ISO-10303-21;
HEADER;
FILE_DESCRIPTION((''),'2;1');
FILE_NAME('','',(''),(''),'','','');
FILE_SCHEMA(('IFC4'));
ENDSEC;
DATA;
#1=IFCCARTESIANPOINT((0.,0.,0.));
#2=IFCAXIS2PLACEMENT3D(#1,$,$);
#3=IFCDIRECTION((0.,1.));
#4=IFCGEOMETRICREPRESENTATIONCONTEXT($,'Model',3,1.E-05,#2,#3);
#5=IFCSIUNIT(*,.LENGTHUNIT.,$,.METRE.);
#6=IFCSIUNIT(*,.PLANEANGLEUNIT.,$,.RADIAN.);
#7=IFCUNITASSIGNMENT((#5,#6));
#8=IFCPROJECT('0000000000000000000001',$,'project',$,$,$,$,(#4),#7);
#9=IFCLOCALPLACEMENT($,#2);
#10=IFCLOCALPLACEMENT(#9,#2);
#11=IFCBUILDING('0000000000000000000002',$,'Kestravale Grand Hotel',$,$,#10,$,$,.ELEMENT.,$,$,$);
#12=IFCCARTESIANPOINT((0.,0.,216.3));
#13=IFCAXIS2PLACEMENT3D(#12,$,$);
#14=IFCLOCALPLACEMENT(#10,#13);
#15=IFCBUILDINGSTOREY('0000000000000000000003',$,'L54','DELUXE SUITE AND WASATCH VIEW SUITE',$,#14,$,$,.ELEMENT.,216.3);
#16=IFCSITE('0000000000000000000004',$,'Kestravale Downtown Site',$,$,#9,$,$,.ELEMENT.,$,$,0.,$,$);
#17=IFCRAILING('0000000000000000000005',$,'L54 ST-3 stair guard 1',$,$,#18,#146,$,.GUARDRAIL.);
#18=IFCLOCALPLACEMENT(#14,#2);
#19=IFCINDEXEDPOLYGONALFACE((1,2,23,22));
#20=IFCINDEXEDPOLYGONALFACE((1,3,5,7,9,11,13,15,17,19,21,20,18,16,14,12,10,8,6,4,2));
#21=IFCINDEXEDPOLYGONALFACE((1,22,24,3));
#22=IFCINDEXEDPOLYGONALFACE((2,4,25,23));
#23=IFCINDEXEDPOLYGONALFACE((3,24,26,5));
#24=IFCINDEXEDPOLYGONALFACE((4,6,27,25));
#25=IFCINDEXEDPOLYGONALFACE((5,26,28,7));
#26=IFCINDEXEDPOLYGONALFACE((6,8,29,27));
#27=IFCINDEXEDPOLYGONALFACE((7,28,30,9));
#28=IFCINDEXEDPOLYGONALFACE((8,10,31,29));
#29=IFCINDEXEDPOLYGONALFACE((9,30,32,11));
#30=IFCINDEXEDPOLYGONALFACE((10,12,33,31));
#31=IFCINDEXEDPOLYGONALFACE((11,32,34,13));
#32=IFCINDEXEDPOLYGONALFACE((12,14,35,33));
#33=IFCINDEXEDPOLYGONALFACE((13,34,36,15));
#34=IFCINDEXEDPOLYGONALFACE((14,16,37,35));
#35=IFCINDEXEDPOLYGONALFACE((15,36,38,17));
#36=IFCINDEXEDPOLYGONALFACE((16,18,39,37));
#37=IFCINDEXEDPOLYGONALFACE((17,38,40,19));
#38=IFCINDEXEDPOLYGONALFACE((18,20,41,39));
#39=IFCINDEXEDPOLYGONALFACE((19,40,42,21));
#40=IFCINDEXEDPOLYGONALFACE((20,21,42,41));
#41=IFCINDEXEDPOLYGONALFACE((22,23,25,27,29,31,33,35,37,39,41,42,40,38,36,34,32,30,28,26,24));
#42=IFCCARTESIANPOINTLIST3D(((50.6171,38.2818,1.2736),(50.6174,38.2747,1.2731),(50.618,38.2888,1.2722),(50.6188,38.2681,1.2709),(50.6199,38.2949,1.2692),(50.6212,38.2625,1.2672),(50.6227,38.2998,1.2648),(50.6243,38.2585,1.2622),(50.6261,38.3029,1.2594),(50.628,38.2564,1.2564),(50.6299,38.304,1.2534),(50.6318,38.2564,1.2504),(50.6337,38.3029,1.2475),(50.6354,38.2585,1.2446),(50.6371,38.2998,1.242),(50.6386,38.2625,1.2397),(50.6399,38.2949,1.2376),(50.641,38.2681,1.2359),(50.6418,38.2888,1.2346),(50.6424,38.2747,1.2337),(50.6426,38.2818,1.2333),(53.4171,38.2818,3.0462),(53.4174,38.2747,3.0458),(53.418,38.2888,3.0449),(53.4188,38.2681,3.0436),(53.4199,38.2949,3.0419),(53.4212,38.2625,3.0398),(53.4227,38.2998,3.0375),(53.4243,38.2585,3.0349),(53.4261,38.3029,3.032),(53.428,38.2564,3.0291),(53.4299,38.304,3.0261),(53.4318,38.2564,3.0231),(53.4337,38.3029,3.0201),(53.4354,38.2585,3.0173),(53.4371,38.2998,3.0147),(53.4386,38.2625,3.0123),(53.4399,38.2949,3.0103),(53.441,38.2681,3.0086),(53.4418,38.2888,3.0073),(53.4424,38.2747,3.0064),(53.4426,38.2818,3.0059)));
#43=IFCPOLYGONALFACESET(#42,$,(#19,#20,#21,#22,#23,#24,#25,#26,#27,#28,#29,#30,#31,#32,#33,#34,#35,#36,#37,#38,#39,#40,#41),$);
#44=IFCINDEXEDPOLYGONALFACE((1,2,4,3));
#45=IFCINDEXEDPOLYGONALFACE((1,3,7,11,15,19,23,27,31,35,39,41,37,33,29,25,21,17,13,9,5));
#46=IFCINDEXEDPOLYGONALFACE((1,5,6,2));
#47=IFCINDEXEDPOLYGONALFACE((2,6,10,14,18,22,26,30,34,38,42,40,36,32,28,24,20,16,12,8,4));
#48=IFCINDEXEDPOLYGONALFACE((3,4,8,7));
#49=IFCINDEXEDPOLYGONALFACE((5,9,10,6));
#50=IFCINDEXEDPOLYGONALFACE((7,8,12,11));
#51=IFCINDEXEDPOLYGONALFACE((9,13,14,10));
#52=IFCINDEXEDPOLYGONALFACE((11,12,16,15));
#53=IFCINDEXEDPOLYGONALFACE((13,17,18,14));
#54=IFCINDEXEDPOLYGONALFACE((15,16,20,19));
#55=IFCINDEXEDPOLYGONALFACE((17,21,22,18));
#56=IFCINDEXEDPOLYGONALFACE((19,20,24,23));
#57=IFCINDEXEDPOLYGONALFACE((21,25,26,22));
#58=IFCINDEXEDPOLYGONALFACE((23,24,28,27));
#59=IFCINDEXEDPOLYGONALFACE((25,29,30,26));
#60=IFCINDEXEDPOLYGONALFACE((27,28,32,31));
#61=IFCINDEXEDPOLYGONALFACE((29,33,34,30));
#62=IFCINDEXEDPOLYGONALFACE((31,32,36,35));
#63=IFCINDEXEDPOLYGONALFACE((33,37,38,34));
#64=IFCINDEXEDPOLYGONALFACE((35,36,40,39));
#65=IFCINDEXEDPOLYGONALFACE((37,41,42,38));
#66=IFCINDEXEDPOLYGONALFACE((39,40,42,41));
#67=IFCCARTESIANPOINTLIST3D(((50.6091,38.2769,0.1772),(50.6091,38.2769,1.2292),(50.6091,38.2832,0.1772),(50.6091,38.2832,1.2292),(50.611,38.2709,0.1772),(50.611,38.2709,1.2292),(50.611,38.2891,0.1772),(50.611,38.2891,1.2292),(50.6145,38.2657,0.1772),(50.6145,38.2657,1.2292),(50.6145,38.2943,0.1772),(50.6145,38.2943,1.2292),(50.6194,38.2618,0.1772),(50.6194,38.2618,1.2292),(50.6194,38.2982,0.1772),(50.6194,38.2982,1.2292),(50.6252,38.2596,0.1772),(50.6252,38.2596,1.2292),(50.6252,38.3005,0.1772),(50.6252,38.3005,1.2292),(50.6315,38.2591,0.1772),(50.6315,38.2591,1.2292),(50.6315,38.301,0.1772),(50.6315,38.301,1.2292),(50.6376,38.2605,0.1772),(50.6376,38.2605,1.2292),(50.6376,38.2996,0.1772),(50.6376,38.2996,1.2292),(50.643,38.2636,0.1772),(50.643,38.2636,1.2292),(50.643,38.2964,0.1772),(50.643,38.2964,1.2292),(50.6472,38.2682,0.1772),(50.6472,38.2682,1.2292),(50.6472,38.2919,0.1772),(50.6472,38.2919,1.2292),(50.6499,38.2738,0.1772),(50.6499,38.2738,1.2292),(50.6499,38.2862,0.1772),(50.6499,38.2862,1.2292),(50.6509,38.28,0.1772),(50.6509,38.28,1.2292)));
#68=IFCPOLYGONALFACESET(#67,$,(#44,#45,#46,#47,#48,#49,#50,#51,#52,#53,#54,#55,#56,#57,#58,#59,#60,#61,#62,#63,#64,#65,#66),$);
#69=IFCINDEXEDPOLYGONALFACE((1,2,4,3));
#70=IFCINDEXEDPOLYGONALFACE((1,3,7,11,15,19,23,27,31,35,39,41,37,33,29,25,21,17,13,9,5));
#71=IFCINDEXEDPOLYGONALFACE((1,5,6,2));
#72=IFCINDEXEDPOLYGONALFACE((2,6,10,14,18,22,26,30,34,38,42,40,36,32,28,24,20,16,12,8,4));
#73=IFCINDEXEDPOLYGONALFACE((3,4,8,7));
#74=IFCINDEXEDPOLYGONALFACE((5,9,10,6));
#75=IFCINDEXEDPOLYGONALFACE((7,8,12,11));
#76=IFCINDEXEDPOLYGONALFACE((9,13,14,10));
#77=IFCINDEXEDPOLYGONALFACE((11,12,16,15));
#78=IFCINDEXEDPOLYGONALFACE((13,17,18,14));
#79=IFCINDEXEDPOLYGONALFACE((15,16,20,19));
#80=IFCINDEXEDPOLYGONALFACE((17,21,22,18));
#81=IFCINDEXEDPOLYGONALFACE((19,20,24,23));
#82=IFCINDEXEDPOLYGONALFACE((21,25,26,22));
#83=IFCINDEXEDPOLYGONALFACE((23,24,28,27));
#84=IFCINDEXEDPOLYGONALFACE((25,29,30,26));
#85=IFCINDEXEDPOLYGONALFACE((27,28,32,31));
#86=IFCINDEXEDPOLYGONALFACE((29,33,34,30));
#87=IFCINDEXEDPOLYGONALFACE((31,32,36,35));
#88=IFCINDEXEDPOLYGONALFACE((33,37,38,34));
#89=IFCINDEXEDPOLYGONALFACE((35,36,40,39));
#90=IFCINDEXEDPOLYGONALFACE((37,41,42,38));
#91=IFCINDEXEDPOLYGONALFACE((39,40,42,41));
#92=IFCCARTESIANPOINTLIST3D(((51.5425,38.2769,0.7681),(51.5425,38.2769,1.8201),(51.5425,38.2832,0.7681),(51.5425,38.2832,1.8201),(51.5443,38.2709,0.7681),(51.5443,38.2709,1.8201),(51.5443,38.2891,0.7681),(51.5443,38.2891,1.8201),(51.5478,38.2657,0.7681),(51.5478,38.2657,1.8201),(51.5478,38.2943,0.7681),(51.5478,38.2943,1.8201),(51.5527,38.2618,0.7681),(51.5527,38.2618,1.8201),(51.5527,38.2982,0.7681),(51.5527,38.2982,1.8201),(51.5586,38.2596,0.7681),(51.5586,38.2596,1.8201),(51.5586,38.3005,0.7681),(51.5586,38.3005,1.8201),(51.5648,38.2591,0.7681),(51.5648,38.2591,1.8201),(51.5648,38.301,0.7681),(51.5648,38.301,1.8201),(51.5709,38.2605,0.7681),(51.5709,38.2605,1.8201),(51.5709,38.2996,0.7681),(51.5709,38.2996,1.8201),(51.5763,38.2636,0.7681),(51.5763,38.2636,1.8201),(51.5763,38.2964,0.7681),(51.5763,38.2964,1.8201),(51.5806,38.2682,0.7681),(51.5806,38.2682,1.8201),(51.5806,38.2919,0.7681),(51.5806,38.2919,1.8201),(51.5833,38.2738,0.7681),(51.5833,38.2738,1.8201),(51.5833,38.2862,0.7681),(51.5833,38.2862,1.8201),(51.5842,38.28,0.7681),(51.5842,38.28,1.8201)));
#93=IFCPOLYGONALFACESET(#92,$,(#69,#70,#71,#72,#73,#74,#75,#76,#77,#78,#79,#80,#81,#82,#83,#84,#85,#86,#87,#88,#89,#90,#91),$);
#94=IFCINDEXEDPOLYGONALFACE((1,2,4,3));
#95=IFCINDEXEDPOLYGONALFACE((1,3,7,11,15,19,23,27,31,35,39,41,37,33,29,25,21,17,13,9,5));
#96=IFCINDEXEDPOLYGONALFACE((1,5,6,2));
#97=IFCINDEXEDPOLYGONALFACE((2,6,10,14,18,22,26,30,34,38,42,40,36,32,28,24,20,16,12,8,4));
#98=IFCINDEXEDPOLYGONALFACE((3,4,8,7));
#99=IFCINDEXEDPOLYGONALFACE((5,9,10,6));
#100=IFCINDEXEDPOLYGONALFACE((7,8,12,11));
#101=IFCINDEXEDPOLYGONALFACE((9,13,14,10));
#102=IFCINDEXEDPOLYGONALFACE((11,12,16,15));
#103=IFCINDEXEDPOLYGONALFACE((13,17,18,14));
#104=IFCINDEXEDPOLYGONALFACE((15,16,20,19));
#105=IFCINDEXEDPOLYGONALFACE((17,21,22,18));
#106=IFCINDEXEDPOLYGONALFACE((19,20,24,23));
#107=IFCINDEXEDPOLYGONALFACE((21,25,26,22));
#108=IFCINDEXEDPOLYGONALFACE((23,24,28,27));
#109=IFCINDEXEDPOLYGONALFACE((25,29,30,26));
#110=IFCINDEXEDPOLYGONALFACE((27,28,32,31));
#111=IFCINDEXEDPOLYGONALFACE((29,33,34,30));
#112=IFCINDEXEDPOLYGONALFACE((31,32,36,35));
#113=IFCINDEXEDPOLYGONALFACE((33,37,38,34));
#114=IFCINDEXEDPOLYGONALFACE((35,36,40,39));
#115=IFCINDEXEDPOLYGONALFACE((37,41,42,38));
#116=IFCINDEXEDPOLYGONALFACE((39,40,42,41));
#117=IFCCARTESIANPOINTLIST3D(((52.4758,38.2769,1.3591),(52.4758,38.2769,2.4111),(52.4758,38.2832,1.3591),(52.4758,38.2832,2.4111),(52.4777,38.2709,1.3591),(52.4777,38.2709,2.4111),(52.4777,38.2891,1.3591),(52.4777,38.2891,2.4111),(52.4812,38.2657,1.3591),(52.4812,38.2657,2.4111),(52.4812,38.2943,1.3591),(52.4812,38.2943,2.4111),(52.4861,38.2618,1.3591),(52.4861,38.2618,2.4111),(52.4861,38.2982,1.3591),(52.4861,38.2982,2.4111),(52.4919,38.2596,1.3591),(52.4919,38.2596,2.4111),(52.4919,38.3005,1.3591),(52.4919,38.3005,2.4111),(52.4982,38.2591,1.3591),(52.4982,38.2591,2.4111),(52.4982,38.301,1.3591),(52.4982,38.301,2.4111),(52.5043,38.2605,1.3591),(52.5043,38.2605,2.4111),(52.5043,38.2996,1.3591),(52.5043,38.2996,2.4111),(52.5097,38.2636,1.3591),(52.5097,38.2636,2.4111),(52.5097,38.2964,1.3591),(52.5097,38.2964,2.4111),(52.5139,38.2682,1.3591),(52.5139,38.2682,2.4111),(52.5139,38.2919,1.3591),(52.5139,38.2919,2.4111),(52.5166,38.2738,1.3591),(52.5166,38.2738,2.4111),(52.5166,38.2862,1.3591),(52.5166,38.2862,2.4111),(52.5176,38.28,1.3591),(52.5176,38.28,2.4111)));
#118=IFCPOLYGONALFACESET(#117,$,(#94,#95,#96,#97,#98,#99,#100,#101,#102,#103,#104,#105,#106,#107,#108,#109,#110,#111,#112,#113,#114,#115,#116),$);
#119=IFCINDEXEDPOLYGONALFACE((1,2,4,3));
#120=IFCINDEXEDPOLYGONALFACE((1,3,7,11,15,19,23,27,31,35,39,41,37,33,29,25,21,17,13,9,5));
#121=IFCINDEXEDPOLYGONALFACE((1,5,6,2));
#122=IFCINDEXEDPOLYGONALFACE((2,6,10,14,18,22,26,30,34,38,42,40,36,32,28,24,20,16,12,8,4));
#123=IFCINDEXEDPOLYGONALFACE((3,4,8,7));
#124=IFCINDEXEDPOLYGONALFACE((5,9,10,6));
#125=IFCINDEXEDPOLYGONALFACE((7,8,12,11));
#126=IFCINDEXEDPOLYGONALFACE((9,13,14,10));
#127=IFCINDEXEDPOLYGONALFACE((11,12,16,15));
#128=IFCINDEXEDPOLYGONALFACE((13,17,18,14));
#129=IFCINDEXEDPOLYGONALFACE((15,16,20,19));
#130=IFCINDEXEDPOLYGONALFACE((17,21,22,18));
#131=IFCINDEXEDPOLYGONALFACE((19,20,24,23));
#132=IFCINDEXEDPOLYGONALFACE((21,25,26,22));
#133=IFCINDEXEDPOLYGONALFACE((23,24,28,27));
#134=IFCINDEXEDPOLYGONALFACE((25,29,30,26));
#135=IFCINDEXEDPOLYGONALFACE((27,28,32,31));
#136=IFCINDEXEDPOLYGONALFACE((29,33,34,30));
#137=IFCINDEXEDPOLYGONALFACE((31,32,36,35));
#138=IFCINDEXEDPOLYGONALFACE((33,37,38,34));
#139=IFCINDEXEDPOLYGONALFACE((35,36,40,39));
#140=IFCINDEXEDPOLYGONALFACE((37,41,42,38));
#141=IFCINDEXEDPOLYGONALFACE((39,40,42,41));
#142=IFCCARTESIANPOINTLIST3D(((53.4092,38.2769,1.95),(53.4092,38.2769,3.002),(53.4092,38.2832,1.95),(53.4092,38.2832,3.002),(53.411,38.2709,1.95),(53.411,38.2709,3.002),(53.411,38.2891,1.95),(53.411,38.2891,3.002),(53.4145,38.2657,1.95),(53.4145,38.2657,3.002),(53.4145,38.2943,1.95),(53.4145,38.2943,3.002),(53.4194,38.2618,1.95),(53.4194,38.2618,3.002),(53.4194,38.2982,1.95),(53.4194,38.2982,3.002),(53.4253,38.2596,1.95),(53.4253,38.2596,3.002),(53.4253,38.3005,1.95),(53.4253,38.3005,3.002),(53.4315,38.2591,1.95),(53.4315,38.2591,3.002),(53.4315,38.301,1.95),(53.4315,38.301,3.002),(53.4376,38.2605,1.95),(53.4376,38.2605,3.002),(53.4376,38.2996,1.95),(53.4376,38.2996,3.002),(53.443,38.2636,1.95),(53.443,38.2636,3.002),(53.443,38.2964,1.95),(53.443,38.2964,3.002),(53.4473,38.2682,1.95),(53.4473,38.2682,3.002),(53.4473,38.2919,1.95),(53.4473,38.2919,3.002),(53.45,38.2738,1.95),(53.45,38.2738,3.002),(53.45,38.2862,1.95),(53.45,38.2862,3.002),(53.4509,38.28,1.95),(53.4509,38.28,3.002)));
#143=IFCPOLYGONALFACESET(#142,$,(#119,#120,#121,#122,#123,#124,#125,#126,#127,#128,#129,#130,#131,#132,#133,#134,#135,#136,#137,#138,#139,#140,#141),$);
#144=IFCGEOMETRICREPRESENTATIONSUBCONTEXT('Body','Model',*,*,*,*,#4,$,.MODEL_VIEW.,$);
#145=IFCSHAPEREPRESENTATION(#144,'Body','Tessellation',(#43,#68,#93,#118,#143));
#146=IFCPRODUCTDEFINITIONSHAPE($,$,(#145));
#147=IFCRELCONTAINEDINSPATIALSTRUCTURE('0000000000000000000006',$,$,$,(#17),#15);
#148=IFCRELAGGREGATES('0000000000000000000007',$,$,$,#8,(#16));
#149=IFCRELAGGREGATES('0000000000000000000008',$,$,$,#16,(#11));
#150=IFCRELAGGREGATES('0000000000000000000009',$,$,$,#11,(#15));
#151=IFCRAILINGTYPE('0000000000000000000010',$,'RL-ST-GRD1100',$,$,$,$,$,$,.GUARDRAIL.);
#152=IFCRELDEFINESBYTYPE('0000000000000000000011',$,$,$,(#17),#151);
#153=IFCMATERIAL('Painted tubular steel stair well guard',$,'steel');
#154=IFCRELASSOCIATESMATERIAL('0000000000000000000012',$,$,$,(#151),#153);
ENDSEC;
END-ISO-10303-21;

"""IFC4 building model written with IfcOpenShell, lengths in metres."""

from ifc_helpers import new_model, si_unit, direction, frame, origin, origin_2d, place, context, subcontext, project, spatial, circle, extrude, material, type_object, element, save


model = new_model("IFC4")

# Units and contexts
model_context = context("Model", 3, precision=1e-05, world=origin(), true_north=direction((0.0, 1.0)))
body_context = subcontext(model_context, "Body", "Model", "MODEL_VIEW")
ifc_project = project(units=[si_unit("LENGTHUNIT", "METRE"), si_unit("PLANEANGLEUNIT", "RADIAN")], contexts=[model_context])

# Site, building, storey
site_placement = place(None, origin())
site = spatial("IfcSite", under=ifc_project, at=site_placement, Name="Kestravale Downtown Site", CompositionType="ELEMENT", RefElevation=0.0)
building_placement = place(site_placement, origin())
building = spatial("IfcBuilding", under=site, at=building_placement, Name="Kestravale Grand Hotel", CompositionType="ELEMENT")
storey_placement = place(building_placement, frame((0.0, 0.0, 216.3)))
storey = spatial("IfcBuildingStorey", under=building, at=storey_placement, Name="L54", Description="DELUXE SUITE AND WASATCH VIEW SUITE", CompositionType="ELEMENT", Elevation=216.3)

# Railing
ifc_material_1 = material(Name="Painted tubular steel stair well guard", Category="steel")
railing_type_1 = type_object("IfcRailingType", Name="RL-ST-GRD1100", PredefinedType="GUARDRAIL", material=ifc_material_1)
railing_1_placement = place(storey_placement, frame((50.6299, 38.28, 0.1772)))
element("IfcRailing", 1, at=railing_1_placement, inside=storey, type_object=railing_type_1, Name="L54 ST-3 stair guard 1", PredefinedType="GUARDRAIL", context=body_context, shape_type="SweptSolid", body=[
    extrude(circle(Radius=0.0239, at=origin_2d()), frame((0.0, 0.0, 1.0762), z_axis=(0.844909, 0.0, 0.53491), x_axis=(0.0, 1.0, 0.0)), (0.0, 0.0, 1.0), 3.314),
    extrude(circle(Radius=0.021, at=origin_2d()), origin(), (0.0, 0.0, 1.0), 1.052),
    extrude(circle(Radius=0.021, at=origin_2d()), frame((0.9333, 0.0, 0.5908)), (0.0, 0.0, 1.0), 1.052),
    extrude(circle(Radius=0.021, at=origin_2d()), frame((1.8667, 0.0, 1.1819)), (0.0, 0.0, 1.0), 1.052),
    extrude(circle(Radius=0.021, at=origin_2d()), frame((2.8, 0.0, 1.7727)), (0.0, 0.0, 1.0), 1.052),
])

save(model, "model.ifc")
